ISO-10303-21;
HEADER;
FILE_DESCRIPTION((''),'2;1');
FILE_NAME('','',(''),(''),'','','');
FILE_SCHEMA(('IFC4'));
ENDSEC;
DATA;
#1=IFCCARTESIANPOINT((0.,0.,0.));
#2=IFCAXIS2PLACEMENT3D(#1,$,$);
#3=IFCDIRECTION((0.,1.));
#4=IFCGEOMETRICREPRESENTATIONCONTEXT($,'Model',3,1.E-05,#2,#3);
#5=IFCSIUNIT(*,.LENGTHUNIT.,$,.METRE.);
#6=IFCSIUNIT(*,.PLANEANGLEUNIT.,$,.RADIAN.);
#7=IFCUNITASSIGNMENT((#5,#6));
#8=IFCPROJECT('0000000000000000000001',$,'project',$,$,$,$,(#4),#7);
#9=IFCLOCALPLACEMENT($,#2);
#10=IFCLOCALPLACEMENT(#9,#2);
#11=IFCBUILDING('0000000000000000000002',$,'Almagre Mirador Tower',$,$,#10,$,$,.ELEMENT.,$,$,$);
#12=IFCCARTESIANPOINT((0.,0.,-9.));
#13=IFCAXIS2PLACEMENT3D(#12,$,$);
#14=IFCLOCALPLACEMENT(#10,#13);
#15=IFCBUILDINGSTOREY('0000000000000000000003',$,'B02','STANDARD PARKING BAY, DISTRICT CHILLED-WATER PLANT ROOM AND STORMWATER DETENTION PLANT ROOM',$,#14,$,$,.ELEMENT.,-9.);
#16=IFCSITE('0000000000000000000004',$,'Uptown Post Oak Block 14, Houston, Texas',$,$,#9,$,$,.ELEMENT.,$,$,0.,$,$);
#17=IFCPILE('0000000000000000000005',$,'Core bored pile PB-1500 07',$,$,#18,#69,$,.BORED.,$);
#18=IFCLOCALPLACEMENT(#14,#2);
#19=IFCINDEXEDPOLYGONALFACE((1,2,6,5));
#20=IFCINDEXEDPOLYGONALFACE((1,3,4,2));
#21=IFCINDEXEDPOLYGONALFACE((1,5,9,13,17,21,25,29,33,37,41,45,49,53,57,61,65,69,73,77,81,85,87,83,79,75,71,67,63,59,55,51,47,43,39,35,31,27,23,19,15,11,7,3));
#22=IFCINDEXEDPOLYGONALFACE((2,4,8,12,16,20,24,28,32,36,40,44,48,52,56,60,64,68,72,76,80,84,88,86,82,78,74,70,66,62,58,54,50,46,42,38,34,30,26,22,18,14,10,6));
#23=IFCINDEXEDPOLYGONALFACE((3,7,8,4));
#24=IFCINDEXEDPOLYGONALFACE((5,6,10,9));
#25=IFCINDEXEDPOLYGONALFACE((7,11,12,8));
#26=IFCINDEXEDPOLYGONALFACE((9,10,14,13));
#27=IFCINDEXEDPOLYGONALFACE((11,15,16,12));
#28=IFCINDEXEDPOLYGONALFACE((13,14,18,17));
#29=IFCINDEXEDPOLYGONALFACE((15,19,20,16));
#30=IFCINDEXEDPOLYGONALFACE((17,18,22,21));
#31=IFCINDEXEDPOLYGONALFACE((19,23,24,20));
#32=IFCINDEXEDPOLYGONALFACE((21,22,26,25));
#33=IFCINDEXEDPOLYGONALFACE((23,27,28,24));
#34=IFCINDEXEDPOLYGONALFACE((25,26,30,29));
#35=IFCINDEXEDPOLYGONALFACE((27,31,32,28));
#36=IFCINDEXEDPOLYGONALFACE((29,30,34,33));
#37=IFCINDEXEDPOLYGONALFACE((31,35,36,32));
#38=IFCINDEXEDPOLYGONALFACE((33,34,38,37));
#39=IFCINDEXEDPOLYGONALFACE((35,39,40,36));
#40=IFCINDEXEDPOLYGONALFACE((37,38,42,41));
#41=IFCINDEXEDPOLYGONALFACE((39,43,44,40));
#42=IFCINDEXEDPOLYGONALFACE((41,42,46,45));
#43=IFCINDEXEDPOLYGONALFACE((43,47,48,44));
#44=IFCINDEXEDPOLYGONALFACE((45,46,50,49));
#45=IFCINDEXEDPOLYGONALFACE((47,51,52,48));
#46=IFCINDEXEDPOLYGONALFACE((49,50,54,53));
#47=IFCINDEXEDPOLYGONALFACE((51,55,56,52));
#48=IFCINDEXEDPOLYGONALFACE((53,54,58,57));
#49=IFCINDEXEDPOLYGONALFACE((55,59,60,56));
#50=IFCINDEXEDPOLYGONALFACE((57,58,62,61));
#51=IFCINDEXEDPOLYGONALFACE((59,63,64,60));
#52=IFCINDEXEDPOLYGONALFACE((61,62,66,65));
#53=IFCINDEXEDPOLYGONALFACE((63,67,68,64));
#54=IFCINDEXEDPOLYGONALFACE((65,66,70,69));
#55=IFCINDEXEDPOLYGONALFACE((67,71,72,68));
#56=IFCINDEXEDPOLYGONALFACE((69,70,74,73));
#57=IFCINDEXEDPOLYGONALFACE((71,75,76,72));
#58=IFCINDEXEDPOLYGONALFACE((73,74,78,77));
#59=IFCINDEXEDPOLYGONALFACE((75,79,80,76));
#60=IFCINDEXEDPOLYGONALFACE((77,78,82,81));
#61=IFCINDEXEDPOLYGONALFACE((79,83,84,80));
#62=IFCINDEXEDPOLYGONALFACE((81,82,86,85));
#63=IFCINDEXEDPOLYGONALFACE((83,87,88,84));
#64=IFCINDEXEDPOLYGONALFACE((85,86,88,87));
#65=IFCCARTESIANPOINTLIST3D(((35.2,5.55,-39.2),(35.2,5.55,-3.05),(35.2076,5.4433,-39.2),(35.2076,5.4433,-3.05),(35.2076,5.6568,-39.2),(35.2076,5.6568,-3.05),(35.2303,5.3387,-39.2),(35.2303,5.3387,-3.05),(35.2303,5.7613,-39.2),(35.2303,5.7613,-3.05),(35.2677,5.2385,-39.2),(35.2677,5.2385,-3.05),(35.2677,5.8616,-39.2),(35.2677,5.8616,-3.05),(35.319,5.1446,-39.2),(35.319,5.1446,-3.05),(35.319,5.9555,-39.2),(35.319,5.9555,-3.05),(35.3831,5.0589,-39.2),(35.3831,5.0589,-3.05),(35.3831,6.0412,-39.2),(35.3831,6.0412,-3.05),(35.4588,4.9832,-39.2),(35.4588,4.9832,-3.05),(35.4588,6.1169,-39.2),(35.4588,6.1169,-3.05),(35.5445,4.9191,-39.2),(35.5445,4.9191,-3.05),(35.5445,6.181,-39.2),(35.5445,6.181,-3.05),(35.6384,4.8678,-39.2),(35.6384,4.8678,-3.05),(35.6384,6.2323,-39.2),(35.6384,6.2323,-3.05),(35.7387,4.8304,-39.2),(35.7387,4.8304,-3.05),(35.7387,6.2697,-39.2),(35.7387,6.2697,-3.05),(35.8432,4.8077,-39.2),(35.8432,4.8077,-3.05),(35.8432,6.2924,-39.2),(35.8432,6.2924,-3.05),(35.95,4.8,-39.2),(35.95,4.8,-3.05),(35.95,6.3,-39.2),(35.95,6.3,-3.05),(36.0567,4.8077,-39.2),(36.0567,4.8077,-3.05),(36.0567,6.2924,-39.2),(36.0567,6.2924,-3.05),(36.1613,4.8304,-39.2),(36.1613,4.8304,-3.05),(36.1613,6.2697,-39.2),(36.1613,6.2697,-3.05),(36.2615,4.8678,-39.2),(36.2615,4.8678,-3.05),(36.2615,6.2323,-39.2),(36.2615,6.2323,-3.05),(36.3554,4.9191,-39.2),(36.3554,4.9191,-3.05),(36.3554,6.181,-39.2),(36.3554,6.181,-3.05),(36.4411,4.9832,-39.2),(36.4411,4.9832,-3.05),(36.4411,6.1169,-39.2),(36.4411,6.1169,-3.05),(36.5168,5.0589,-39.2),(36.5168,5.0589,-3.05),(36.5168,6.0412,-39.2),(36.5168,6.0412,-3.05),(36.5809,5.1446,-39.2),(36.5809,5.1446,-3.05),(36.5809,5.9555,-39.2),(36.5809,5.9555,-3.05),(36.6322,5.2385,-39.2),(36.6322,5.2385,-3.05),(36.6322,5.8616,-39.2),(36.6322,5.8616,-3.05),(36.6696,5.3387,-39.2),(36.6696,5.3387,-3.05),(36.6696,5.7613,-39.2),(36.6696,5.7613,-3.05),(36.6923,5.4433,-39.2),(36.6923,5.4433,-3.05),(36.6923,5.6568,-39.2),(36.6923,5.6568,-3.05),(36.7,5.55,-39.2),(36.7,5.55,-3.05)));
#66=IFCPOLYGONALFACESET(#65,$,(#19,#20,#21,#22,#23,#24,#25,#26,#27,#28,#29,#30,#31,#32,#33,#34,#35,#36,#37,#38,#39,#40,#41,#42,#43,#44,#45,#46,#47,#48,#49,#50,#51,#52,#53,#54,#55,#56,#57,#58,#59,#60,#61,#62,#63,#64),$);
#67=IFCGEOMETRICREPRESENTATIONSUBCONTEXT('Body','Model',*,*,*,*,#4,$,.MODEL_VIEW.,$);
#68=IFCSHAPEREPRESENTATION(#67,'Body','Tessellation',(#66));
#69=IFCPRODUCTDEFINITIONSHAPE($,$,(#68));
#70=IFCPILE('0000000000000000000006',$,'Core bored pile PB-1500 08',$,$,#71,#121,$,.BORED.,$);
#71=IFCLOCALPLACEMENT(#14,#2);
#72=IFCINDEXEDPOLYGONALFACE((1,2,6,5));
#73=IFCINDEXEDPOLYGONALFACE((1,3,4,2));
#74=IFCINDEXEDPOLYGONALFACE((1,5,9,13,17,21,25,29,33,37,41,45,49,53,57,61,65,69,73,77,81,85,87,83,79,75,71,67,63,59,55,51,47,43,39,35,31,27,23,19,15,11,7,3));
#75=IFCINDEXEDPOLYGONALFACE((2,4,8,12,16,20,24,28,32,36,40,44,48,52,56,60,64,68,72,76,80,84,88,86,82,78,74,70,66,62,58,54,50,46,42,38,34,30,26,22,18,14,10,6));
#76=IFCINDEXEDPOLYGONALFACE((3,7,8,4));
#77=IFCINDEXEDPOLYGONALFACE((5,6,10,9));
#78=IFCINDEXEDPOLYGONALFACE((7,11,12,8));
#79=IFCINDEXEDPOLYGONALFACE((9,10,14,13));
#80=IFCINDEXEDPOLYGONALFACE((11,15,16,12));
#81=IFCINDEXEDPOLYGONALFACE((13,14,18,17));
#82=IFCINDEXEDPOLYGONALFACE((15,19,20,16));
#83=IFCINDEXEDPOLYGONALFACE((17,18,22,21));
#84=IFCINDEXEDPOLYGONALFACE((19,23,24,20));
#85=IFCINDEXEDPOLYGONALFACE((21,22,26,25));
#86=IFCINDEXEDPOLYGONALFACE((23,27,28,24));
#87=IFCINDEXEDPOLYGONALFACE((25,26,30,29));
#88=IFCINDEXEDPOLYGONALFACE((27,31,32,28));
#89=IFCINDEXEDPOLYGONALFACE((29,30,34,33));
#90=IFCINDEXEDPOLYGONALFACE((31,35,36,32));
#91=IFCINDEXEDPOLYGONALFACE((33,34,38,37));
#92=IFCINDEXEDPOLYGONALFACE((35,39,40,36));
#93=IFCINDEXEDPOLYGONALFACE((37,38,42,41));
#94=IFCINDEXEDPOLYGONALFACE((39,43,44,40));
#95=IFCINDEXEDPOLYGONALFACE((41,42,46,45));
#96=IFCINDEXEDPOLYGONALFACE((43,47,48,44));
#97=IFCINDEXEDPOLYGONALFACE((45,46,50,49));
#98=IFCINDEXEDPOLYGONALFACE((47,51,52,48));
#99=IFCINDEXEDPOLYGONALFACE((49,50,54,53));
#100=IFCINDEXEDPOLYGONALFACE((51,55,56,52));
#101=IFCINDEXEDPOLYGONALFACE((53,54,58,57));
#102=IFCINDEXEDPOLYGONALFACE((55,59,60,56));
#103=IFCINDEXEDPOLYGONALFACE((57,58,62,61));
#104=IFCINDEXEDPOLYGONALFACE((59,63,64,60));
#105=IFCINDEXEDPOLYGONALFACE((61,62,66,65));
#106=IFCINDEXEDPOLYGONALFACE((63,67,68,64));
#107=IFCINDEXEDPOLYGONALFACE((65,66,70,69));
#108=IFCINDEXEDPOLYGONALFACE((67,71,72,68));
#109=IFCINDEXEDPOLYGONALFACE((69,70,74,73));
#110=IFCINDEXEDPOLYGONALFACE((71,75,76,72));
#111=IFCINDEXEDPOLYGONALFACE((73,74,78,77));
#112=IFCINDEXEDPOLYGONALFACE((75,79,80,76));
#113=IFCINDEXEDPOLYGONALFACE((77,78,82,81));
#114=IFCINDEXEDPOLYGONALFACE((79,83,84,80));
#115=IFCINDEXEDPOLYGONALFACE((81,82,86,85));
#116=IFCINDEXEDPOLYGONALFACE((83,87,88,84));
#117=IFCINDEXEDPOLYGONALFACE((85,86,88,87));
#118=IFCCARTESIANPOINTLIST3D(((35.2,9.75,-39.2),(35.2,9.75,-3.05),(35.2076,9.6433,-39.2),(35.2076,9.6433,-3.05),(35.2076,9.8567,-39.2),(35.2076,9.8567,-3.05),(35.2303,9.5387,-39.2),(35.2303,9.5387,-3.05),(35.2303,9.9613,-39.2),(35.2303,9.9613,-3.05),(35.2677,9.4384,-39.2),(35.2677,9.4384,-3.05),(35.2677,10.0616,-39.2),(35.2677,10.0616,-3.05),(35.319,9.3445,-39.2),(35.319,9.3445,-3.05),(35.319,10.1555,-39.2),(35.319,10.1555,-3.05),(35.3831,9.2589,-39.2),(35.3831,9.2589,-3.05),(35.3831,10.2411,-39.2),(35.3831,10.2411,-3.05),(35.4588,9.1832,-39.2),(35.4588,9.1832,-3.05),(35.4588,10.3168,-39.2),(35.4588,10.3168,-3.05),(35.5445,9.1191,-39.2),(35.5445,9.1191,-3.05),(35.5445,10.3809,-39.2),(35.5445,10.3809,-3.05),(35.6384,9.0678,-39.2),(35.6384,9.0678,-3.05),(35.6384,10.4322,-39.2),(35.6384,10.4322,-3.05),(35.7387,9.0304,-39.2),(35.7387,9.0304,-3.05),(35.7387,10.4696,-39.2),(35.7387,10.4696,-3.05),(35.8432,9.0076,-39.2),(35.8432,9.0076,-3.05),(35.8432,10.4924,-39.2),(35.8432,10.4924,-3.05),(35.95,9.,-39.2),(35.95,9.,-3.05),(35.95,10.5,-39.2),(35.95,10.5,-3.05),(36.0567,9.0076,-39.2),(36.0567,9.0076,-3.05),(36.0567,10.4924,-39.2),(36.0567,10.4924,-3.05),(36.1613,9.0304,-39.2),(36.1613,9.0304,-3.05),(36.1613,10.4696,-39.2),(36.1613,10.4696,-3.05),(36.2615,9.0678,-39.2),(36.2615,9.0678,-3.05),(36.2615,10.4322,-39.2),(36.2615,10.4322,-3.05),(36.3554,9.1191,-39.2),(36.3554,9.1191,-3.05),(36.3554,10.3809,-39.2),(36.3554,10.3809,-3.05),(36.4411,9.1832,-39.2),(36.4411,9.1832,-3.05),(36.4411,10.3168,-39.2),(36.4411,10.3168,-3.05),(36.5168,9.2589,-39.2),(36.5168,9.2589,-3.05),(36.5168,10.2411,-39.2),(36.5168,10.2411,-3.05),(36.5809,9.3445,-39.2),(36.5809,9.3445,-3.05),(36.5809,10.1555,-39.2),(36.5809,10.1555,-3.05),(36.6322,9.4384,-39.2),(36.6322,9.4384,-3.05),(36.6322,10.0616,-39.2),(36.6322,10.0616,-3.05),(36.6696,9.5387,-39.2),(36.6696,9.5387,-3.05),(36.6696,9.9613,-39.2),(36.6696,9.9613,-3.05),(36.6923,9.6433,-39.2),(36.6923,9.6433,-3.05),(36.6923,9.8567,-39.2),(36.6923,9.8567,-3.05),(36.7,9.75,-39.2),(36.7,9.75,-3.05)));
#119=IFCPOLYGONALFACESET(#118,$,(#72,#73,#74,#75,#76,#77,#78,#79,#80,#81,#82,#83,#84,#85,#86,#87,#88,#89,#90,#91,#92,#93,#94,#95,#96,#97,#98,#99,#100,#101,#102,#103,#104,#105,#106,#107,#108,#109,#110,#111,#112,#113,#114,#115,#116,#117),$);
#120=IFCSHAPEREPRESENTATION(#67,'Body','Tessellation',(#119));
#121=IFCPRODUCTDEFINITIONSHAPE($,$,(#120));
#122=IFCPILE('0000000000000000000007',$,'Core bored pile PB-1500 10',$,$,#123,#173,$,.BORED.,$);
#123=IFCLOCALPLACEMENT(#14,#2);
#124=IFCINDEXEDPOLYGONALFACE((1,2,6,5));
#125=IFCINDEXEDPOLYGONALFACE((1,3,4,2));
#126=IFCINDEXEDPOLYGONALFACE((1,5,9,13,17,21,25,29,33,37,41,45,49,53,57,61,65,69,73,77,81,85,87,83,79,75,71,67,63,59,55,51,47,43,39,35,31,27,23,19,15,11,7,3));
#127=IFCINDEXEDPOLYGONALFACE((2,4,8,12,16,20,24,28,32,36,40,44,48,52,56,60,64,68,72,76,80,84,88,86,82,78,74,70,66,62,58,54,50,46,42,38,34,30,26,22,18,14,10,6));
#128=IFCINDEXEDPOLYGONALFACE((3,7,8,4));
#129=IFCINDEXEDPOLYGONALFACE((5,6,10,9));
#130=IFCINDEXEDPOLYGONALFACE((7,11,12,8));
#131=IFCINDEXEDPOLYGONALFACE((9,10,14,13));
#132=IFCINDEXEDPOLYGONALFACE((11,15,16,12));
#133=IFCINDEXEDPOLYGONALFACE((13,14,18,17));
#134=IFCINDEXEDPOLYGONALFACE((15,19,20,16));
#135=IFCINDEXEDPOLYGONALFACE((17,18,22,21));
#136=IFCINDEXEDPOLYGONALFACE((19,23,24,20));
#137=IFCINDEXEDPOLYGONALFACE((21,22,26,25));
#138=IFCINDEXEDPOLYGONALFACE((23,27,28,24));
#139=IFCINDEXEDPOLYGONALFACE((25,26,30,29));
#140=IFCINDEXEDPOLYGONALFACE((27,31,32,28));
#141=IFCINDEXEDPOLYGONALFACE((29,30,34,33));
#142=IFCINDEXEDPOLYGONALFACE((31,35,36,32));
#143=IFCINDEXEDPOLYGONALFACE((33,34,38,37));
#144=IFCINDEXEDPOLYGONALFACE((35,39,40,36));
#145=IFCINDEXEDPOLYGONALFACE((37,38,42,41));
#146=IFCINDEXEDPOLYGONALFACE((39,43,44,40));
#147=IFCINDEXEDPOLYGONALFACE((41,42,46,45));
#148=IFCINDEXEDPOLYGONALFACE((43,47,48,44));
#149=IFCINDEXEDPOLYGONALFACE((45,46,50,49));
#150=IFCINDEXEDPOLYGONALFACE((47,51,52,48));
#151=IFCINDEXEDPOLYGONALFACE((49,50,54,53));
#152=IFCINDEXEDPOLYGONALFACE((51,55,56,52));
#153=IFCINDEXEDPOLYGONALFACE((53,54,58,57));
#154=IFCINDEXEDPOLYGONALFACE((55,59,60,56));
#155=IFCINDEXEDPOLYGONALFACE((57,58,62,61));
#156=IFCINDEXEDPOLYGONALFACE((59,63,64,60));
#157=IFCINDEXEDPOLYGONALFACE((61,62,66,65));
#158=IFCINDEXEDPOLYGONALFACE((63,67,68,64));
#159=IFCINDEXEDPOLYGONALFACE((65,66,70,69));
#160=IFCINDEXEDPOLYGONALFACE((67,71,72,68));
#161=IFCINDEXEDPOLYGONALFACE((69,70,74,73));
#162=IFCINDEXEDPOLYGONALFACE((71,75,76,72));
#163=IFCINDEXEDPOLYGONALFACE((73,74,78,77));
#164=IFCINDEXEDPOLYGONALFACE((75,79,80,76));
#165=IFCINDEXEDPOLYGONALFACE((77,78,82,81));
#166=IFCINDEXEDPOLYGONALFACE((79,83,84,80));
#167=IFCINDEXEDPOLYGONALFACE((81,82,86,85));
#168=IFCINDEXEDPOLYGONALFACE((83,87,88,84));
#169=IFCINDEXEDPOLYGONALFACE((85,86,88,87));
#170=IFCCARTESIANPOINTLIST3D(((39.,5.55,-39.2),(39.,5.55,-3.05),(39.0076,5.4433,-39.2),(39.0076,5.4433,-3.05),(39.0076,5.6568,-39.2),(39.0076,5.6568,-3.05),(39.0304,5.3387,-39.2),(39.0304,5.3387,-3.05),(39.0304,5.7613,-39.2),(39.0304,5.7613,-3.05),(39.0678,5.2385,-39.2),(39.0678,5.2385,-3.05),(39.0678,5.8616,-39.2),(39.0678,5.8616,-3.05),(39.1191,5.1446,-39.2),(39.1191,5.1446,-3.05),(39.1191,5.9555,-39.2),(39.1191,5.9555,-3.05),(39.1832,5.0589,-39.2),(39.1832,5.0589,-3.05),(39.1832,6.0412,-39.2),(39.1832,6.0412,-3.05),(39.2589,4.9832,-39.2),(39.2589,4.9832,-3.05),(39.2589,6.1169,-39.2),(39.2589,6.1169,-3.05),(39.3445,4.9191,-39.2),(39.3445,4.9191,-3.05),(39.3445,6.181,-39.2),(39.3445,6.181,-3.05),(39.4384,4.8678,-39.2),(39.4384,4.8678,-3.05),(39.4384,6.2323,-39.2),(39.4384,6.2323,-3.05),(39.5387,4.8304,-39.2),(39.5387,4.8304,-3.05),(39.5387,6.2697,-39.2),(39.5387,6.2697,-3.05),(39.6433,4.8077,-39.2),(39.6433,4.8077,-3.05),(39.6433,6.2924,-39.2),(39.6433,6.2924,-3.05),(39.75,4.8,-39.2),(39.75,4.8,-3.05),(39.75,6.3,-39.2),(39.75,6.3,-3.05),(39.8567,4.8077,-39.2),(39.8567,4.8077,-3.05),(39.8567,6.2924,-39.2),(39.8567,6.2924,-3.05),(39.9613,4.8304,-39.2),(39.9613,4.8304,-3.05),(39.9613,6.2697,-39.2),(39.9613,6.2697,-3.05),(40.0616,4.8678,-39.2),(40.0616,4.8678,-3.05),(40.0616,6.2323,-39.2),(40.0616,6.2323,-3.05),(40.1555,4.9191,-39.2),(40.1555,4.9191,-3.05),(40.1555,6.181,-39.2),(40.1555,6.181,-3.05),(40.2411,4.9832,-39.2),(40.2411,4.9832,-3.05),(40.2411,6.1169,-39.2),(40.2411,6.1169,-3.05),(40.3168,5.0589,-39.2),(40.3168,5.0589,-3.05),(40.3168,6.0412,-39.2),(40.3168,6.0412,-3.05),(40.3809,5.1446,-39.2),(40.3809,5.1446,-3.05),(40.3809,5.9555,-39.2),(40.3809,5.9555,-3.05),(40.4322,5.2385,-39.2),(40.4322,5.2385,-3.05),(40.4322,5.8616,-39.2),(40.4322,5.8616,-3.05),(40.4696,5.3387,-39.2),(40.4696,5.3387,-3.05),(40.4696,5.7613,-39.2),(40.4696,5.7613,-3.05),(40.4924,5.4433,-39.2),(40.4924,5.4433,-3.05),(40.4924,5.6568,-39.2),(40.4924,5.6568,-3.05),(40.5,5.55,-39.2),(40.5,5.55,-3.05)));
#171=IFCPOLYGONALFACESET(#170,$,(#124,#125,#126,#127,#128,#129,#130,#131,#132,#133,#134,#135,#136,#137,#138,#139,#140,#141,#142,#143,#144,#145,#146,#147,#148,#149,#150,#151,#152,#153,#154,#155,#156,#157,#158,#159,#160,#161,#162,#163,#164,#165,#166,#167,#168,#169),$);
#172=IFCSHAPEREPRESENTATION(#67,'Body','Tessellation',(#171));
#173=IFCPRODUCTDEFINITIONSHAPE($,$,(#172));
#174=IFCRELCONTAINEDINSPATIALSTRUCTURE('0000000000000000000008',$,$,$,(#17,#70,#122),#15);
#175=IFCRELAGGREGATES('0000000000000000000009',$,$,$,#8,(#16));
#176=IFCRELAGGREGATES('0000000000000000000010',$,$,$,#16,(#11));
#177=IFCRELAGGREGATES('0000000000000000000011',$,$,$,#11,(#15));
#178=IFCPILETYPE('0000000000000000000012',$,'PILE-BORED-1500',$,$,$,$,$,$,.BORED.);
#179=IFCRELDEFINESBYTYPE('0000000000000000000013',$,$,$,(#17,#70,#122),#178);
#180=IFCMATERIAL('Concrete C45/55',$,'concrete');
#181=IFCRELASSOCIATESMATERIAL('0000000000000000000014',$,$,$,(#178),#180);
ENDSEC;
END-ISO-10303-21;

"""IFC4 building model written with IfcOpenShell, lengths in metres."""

from ifc_helpers import new_model, si_unit, direction, frame, origin, origin_2d, place, context, subcontext, project, spatial, circle, extrude, material, material_profile, profile_set, type_object, element, save


model = new_model("IFC4")

# Units and contexts
model_context = context("Model", 3, precision=1e-05, world=origin(), true_north=direction((0.0, 1.0)))
body_context = subcontext(model_context, "Body", "Model", "MODEL_VIEW")
ifc_project = project(units=[si_unit("LENGTHUNIT", "METRE"), si_unit("PLANEANGLEUNIT", "RADIAN")], contexts=[model_context])

# Site, building, storey
site_placement = place(None, origin())
site = spatial("IfcSite", under=ifc_project, at=site_placement, Name="Uptown Post Oak Block 14, Houston, Texas", CompositionType="ELEMENT", RefElevation=0.0)
building_placement = place(site_placement, origin())
building = spatial("IfcBuilding", under=site, at=building_placement, Name="Almagre Mirador Tower", CompositionType="ELEMENT")
storey_placement = place(building_placement, frame((0.0, 0.0, -9.0)))
storey = spatial("IfcBuildingStorey", under=building, at=storey_placement, Name="B02", Description="STANDARD PARKING BAY, DISTRICT CHILLED-WATER PLANT ROOM AND STORMWATER DETENTION PLANT ROOM", CompositionType="ELEMENT", Elevation=-9.0)

# Piles
ifc_material_1 = material(Name="Concrete C45/55", Category="concrete")
ifc_material_profile_1 = material_profile(ifc_material_1, circle(Radius=0.75, at=origin_2d()), Name="PILE1500D")
ifc_profile_set_1 = profile_set([ifc_material_profile_1], Name="Concrete C45/55")
pile_type = type_object("IfcPileType", Name="PILE-BORED-1500", PredefinedType="BORED", material=ifc_profile_set_1)
for number, where, z_axis, x_axis, name in (
    (1, (35.95, 5.55, -3.05), (0.0, 0.0, -1.0), (1.0, 0.0, 0.0), "Core bored pile PB-1500 07"),
    (2, (35.95, 9.75, -3.05), (0.0, 0.0, -1.0), (1.0, 0.0, 0.0), "Core bored pile PB-1500 08"),
    (3, (39.75, 5.55, -3.05), (0.0, 0.0, -1.0), (1.0, 0.0, 0.0), "Core bored pile PB-1500 10"),
):
    element("IfcPile", number, at=place(storey_placement, frame(where, z_axis=z_axis, x_axis=x_axis)), inside=storey, type_object=pile_type, Name=name, PredefinedType="BORED", context=body_context, shape_type="SweptSolid", body=[
        extrude(circle(Radius=0.75, at=origin_2d()), origin(), (0.0, 0.0, 1.0), 36.1499),
    ])

save(model, "model.ifc")
